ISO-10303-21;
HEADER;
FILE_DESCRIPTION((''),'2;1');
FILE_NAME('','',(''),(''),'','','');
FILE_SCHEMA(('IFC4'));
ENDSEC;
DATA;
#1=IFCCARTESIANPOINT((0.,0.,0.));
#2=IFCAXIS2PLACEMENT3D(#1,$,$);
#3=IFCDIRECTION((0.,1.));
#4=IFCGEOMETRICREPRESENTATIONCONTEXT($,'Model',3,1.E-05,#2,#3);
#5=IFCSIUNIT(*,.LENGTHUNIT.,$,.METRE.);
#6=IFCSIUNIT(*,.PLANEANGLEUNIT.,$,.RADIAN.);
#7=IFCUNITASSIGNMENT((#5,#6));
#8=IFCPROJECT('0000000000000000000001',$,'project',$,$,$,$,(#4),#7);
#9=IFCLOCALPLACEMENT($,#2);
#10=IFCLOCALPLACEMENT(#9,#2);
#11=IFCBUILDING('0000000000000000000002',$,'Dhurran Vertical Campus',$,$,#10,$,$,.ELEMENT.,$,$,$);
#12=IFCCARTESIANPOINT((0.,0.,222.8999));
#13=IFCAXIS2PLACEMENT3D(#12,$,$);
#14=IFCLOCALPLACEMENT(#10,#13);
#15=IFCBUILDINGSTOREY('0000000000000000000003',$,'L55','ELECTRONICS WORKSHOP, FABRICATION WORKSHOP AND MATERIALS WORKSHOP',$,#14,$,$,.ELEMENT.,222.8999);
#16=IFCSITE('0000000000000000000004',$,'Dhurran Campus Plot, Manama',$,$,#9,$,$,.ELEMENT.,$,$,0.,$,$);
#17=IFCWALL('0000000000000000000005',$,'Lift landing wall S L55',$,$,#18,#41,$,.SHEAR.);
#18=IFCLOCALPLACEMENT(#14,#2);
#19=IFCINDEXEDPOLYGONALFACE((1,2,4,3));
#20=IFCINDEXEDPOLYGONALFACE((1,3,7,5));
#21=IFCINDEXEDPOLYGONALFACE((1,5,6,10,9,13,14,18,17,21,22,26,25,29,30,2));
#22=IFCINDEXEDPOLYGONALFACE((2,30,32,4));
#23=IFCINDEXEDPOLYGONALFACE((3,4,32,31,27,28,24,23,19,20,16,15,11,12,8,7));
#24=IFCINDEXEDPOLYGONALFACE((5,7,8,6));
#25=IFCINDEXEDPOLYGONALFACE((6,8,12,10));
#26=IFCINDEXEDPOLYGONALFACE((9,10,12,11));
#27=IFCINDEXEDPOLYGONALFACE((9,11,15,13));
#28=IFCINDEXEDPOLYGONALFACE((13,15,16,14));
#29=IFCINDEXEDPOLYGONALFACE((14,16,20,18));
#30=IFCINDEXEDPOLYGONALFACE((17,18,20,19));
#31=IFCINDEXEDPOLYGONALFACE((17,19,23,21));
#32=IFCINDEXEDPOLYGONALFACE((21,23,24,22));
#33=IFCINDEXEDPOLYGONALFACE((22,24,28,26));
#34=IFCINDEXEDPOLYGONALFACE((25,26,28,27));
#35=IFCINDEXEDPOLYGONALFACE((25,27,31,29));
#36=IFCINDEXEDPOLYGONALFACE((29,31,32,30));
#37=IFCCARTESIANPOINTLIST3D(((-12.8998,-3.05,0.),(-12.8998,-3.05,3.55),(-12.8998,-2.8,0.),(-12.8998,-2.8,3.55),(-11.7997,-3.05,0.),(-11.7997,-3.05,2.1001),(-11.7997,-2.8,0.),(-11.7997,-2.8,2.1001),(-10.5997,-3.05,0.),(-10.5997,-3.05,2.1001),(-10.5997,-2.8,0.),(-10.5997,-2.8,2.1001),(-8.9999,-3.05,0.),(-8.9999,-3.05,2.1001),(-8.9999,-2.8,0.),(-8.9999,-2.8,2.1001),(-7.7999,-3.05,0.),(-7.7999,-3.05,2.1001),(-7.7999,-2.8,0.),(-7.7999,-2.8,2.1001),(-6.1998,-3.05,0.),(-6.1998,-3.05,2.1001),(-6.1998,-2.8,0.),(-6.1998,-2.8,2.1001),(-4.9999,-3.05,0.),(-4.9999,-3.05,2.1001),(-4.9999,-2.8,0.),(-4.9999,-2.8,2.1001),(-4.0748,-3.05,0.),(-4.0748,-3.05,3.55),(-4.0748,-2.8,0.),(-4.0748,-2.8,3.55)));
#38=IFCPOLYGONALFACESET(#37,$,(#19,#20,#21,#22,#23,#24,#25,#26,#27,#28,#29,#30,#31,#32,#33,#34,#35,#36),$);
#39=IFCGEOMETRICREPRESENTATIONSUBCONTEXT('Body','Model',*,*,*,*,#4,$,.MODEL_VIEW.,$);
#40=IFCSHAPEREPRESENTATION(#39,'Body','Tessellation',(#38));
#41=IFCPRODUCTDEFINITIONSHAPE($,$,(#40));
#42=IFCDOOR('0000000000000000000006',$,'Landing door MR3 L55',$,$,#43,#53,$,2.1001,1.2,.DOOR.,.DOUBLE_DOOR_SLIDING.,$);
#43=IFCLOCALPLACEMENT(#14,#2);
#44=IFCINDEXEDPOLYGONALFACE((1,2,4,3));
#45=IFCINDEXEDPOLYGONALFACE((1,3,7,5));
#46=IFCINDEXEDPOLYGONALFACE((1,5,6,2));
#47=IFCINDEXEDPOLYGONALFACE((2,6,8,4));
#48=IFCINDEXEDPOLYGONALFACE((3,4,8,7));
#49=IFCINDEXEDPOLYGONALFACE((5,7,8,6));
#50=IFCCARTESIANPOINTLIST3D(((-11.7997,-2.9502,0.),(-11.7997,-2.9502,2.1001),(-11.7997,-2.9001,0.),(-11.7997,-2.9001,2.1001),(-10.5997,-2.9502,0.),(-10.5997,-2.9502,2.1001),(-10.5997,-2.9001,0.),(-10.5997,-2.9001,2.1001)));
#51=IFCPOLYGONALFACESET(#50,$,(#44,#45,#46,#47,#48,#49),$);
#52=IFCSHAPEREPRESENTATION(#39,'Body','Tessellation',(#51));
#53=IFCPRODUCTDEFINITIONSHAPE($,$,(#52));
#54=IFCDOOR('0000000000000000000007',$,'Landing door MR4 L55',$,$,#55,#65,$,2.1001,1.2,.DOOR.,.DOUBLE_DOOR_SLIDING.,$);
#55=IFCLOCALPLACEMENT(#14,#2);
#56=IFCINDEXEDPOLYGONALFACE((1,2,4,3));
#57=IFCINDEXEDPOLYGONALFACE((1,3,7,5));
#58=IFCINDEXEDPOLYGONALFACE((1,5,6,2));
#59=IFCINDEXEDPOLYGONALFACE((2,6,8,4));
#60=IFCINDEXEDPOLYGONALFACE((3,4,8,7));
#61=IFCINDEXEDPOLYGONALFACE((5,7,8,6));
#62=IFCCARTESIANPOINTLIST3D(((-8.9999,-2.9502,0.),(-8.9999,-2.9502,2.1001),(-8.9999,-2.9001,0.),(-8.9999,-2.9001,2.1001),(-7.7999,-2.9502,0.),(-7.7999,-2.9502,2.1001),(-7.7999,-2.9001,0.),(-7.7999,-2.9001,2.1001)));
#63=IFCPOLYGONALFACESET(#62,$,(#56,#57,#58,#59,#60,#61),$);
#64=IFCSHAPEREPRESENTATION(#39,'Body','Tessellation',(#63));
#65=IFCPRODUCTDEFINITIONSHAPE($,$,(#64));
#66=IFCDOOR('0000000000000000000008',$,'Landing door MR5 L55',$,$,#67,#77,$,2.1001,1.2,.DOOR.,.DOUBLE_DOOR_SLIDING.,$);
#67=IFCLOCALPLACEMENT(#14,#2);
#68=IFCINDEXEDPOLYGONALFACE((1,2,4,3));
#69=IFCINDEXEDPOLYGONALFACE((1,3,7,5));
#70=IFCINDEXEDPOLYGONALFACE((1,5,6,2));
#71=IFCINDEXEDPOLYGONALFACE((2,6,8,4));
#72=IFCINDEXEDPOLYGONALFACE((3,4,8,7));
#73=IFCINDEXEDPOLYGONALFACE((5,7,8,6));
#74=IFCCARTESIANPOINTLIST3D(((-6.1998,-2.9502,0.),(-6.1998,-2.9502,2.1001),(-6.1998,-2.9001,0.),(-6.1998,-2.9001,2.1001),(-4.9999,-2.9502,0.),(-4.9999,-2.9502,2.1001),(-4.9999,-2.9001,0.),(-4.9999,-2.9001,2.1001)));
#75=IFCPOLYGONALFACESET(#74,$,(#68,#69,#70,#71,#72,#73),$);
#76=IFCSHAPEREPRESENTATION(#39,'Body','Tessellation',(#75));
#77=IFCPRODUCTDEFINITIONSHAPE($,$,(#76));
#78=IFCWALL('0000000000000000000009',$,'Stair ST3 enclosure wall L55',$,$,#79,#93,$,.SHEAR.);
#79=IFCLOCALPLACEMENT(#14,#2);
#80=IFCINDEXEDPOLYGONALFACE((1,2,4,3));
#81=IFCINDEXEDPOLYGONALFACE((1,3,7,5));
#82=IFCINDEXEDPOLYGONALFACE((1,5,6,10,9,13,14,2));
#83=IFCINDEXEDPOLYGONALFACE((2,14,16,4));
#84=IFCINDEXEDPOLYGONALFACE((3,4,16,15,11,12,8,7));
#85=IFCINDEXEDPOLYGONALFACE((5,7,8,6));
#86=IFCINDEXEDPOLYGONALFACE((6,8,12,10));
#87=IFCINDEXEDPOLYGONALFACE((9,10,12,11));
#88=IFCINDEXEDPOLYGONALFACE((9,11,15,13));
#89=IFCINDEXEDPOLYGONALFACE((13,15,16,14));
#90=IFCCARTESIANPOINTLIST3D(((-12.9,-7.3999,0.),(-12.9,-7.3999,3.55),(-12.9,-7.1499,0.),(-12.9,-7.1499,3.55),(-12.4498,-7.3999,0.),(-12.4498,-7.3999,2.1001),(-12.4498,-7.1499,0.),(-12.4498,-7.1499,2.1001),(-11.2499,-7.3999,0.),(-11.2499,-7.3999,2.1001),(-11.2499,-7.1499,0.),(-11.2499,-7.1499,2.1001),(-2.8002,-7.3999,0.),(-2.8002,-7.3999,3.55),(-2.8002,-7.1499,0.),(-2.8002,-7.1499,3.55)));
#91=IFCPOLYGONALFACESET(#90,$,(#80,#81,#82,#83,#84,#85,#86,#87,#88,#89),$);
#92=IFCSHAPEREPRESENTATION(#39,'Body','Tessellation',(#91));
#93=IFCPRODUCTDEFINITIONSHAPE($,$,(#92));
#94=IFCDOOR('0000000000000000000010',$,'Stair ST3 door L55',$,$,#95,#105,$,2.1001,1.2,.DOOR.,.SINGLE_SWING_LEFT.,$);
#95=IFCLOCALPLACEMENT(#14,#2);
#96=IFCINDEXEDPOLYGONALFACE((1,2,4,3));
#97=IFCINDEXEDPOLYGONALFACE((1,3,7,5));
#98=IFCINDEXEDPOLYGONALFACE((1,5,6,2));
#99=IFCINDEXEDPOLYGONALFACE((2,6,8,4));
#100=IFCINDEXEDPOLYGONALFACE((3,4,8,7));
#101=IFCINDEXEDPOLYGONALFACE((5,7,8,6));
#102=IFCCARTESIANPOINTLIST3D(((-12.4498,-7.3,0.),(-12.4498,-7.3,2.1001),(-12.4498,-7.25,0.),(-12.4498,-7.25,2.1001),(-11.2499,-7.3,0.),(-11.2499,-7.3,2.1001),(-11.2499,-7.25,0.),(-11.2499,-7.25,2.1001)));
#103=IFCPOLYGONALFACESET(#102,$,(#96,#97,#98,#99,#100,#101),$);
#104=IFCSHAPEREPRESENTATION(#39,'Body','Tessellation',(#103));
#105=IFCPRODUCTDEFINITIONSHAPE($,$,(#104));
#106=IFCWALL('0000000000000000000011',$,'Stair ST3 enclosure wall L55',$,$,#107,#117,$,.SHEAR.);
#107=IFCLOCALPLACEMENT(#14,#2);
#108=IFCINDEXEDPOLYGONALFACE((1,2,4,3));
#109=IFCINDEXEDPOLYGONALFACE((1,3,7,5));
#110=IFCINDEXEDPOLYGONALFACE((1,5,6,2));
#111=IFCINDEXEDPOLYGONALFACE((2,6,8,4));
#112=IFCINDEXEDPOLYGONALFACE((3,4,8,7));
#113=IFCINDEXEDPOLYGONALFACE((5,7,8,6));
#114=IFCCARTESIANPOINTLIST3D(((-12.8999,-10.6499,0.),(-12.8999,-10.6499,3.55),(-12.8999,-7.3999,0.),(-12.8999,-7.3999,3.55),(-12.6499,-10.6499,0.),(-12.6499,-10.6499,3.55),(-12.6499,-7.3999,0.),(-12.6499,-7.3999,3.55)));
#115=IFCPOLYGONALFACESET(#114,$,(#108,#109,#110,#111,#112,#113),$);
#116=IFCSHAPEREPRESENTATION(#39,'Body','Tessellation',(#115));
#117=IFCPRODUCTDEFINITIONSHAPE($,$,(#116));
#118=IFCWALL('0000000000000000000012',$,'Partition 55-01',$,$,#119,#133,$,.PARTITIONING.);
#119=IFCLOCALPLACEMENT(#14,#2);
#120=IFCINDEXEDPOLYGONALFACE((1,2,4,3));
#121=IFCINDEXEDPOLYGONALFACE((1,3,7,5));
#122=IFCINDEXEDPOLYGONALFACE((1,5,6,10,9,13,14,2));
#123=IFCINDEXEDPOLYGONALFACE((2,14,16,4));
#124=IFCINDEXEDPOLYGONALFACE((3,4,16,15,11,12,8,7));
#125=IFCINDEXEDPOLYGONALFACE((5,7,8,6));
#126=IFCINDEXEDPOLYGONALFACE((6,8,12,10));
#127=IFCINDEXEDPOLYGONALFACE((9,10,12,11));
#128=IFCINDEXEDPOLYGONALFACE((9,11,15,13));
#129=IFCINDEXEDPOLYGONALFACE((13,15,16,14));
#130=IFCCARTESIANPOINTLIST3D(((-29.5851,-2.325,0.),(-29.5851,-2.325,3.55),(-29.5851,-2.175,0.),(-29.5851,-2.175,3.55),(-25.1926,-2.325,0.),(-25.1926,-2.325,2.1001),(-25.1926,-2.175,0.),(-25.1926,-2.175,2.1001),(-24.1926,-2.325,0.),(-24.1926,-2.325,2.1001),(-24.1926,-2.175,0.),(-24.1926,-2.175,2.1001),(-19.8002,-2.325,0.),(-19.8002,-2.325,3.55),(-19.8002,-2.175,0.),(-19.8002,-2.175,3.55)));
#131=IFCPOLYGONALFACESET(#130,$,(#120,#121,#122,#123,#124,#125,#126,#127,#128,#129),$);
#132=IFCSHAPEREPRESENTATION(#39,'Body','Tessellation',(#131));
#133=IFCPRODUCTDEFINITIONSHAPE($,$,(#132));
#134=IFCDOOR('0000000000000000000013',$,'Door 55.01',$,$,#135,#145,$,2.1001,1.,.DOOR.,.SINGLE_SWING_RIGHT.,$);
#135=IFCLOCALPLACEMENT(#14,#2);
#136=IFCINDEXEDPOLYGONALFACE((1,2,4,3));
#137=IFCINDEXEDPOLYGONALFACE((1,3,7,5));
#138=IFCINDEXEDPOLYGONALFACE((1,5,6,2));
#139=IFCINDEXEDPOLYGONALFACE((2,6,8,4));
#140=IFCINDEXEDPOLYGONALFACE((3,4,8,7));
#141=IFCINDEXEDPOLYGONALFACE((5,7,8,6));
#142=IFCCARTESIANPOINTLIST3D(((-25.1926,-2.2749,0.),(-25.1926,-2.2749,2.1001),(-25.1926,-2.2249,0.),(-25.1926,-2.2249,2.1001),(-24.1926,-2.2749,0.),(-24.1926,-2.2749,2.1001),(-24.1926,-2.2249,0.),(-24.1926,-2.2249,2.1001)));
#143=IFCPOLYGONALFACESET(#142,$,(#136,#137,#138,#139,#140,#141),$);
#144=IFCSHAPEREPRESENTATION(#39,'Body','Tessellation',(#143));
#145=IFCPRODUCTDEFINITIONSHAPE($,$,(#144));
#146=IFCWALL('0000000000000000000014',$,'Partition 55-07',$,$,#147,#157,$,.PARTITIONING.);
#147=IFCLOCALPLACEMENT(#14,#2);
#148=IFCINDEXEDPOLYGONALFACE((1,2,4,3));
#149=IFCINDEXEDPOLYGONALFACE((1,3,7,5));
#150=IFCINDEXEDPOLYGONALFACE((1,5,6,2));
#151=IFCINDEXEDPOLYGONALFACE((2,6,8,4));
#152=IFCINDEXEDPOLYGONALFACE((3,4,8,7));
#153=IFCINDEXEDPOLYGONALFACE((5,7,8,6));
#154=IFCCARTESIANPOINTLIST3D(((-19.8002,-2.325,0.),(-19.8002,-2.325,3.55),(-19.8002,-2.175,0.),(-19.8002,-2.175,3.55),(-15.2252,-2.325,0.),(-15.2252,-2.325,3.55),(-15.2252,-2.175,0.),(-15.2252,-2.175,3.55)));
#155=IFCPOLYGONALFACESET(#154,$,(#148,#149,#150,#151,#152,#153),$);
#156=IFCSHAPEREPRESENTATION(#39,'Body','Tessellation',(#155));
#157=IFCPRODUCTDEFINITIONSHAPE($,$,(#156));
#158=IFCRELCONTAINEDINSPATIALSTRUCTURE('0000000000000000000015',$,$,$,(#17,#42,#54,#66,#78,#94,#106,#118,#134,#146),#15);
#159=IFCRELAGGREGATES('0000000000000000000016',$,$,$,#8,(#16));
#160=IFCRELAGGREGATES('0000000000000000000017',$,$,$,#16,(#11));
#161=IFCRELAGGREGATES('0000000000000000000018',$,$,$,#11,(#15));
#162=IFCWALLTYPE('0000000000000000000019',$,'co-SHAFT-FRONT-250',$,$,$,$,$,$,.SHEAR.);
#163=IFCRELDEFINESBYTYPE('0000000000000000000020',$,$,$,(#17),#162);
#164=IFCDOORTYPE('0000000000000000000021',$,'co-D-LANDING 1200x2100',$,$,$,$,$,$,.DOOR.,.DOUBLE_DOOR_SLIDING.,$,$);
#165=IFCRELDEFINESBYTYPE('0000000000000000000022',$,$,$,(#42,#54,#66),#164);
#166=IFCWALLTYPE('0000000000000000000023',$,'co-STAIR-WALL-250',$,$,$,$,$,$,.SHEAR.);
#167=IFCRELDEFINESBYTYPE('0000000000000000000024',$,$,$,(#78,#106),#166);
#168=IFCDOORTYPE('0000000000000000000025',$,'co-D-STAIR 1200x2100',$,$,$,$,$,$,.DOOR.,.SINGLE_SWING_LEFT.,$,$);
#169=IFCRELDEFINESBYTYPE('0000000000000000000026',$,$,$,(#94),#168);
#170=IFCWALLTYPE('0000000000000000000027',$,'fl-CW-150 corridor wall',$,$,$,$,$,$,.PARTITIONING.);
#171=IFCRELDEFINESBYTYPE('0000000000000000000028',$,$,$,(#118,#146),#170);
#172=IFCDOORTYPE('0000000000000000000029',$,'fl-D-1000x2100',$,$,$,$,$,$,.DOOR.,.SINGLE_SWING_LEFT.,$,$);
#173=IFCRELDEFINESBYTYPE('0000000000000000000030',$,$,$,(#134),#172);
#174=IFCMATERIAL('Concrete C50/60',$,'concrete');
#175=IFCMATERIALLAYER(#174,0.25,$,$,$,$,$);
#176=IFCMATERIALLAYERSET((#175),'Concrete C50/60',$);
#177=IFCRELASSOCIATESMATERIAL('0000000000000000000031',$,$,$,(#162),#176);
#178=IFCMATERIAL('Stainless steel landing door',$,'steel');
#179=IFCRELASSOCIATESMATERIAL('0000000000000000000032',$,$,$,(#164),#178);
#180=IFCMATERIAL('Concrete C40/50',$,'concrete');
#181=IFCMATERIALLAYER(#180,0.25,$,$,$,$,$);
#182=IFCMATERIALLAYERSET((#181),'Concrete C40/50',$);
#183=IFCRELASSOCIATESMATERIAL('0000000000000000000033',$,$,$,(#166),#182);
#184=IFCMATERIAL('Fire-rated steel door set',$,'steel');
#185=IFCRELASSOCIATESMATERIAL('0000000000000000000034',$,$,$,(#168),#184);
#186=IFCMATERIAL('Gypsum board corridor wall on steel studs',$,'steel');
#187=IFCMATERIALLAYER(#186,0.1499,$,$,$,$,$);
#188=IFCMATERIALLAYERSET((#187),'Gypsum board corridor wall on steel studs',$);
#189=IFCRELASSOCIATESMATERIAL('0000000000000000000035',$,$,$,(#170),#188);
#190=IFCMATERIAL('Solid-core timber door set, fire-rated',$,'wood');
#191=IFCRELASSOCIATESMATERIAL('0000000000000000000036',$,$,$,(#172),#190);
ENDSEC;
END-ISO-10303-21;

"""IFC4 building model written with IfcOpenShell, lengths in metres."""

from ifc_helpers import new_model, si_unit, direction, frame, frame_2d, origin, place, context, subcontext, project, spatial, rectangle, extrude, material, layer, layer_set, type_object, element, fill, save


model = new_model("IFC4")

# Units and contexts
model_context = context("Model", 3, precision=1e-05, world=origin(), true_north=direction((0.0, 1.0)))
body_context = subcontext(model_context, "Body", "Model", "MODEL_VIEW")
ifc_project = project(units=[si_unit("LENGTHUNIT", "METRE"), si_unit("PLANEANGLEUNIT", "RADIAN")], contexts=[model_context])

# Site, building, storey
site_placement = place(None, origin())
site = spatial("IfcSite", under=ifc_project, at=site_placement, Name="Dhurran Campus Plot, Manama", CompositionType="ELEMENT", RefElevation=0.0)
building_placement = place(site_placement, origin())
building = spatial("IfcBuilding", under=site, at=building_placement, Name="Dhurran Vertical Campus", CompositionType="ELEMENT")
storey_placement = place(building_placement, frame((0.0, 0.0, 222.8999)))
storey = spatial("IfcBuildingStorey", under=building, at=storey_placement, Name="L55", Description="ELECTRONICS WORKSHOP, FABRICATION WORKSHOP AND MATERIALS WORKSHOP", CompositionType="ELEMENT", Elevation=222.8999)

# Wall, openings, doors
ifc_material_1 = material(Name="Concrete C50/60", Category="concrete")
ifc_layer_1 = layer(ifc_material_1, 0.25)
ifc_layer_set_1 = layer_set([ifc_layer_1], Name="Concrete C50/60")
wall_type_1 = type_object("IfcWallType", Name="co-SHAFT-FRONT-250", PredefinedType="SHEAR", material=ifc_layer_set_1)
wall_1_placement = place(storey_placement, frame((-12.8999, -2.925, 0.0), z_axis=(0.0, 0.0, 1.0), x_axis=(1.0, 0.0, 0.0)))
wall_1 = element("IfcWall", 1, at=wall_1_placement, inside=storey, type_object=wall_type_1, Name="Lift landing wall S L55", PredefinedType="SHEAR", context=body_context, shape_type="SweptSolid", body=[
    extrude(rectangle(XDim=8.825, YDim=0.25, at=frame_2d((4.4126, 0.0))), origin(), (0.0, 0.0, 1.0), 3.55),
])
opening_1_placement = place(wall_1_placement, frame((1.1001, 0.0, 0.0)))
opening_1 = element("IfcOpeningElement", 2, at=opening_1_placement, cuts=wall_1, PredefinedType="OPENING", context=body_context, shape_type="SweptSolid", body=[
    extrude(rectangle(XDim=1.2, YDim=2.1001, at=frame_2d((0.6001, 1.05))), frame((0.0, 0.135, 0.0), z_axis=(0.0, -1.0, 0.0), x_axis=(1.0, 0.0, 0.0)), (0.0, 0.0, 1.0), 0.27),
])
opening_2_placement = place(wall_1_placement, frame((3.8999, 0.0, 0.0)))
opening_2 = element("IfcOpeningElement", 3, at=opening_2_placement, cuts=wall_1, PredefinedType="OPENING", context=body_context, shape_type="SweptSolid", body=[
    extrude(rectangle(XDim=1.2, YDim=2.1001, at=frame_2d((0.6001, 1.05))), frame((0.0, 0.135, 0.0), z_axis=(0.0, -1.0, 0.0), x_axis=(1.0, 0.0, 0.0)), (0.0, 0.0, 1.0), 0.27),
])
opening_3_placement = place(wall_1_placement, frame((6.7, 0.0, 0.0)))
opening_3 = element("IfcOpeningElement", 4, at=opening_3_placement, cuts=wall_1, PredefinedType="OPENING", context=body_context, shape_type="SweptSolid", body=[
    extrude(rectangle(XDim=1.2, YDim=2.1001, at=frame_2d((0.6001, 1.05))), frame((0.0, 0.135, 0.0), z_axis=(0.0, -1.0, 0.0), x_axis=(1.0, 0.0, 0.0)), (0.0, 0.0, 1.0), 0.27),
])
ifc_material_2 = material(Name="Stainless steel landing door", Category="steel")
door_type_1 = type_object("IfcDoorType", Name="co-D-LANDING 1200x2100", OperationType="DOUBLE_DOOR_SLIDING", PredefinedType="DOOR", material=ifc_material_2)
door_1_placement = place(opening_1_placement, origin())
door_1 = element("IfcDoor", 5, at=door_1_placement, inside=storey, type_object=door_type_1, Name="Landing door MR3 L55", OperationType="DOUBLE_DOOR_SLIDING", OverallHeight=2.1001, OverallWidth=1.2, PredefinedType="DOOR", context=body_context, shape_type="SweptSolid", body=[
    extrude(rectangle(XDim=1.2, YDim=2.1001, at=frame_2d((0.6001, 1.05))), frame((0.0, 0.0249, 0.0), z_axis=(0.0, -1.0, 0.0), x_axis=(1.0, 0.0, 0.0)), (0.0, 0.0, 1.0), 0.05),
])
fill(opening_1, door_1)
door_2_placement = place(opening_2_placement, origin())
door_2 = element("IfcDoor", 6, at=door_2_placement, inside=storey, type_object=door_type_1, Name="Landing door MR4 L55", OperationType="DOUBLE_DOOR_SLIDING", OverallHeight=2.1001, OverallWidth=1.2, PredefinedType="DOOR", context=body_context, shape_type="SweptSolid", body=[
    extrude(rectangle(XDim=1.2, YDim=2.1001, at=frame_2d((0.6001, 1.05))), frame((0.0, 0.0249, 0.0), z_axis=(0.0, -1.0, 0.0), x_axis=(1.0, 0.0, 0.0)), (0.0, 0.0, 1.0), 0.05),
])
fill(opening_2, door_2)
door_3_placement = place(opening_3_placement, origin())
door_3 = element("IfcDoor", 7, at=door_3_placement, inside=storey, type_object=door_type_1, Name="Landing door MR5 L55", OperationType="DOUBLE_DOOR_SLIDING", OverallHeight=2.1001, OverallWidth=1.2, PredefinedType="DOOR", context=body_context, shape_type="SweptSolid", body=[
    extrude(rectangle(XDim=1.2, YDim=2.1001, at=frame_2d((0.6001, 1.05))), frame((0.0, 0.0249, 0.0), z_axis=(0.0, -1.0, 0.0), x_axis=(1.0, 0.0, 0.0)), (0.0, 0.0, 1.0), 0.05),
])
fill(opening_3, door_3)

# Wall, opening, door
ifc_material_3 = material(Name="Concrete C40/50", Category="concrete")
ifc_layer_2 = layer(ifc_material_3, 0.25)
ifc_layer_set_2 = layer_set([ifc_layer_2], Name="Concrete C40/50")
wall_type_2 = type_object("IfcWallType", Name="co-STAIR-WALL-250", PredefinedType="SHEAR", material=ifc_layer_set_2)
wall_2_placement = place(storey_placement, frame((-12.8999, -7.2749, 0.0), z_axis=(0.0, 0.0, 1.0), x_axis=(1.0, 0.0, 0.0)))
wall_2 = element("IfcWall", 8, at=wall_2_placement, inside=storey, type_object=wall_type_2, Name="Stair ST3 enclosure wall L55", PredefinedType="SHEAR", context=body_context, shape_type="SweptSolid", body=[
    extrude(rectangle(XDim=10.0999, YDim=0.25, at=frame_2d((5.0498, 0.0))), origin(), (0.0, 0.0, 1.0), 3.55),
])
opening_4_placement = place(wall_2_placement, frame((0.45, 0.0, 0.0)))
opening_4 = element("IfcOpeningElement", 9, at=opening_4_placement, cuts=wall_2, PredefinedType="OPENING", context=body_context, shape_type="SweptSolid", body=[
    extrude(rectangle(XDim=1.2, YDim=2.1001, at=frame_2d((0.6001, 1.05))), frame((0.0, 0.135, 0.0), z_axis=(0.0, -1.0, 0.0), x_axis=(1.0, 0.0, 0.0)), (0.0, 0.0, 1.0), 0.27),
])
ifc_material_4 = material(Name="Fire-rated steel door set", Category="steel")
door_type_2 = type_object("IfcDoorType", Name="co-D-STAIR 1200x2100", OperationType="SINGLE_SWING_LEFT", PredefinedType="DOOR", material=ifc_material_4)
door_4_placement = place(opening_4_placement, origin())
door_4 = element("IfcDoor", 10, at=door_4_placement, inside=storey, type_object=door_type_2, Name="Stair ST3 door L55", OperationType="SINGLE_SWING_LEFT", OverallHeight=2.1001, OverallWidth=1.2, PredefinedType="DOOR", context=body_context, shape_type="SweptSolid", body=[
    extrude(rectangle(XDim=1.2, YDim=2.1001, at=frame_2d((0.6001, 1.05))), frame((0.0, 0.0249, 0.0), z_axis=(0.0, -1.0, 0.0), x_axis=(1.0, 0.0, 0.0)), (0.0, 0.0, 1.0), 0.05),
])
fill(opening_4, door_4)

# Wall
wall_3_placement = place(storey_placement, frame((-12.7749, -10.6499, 0.0), z_axis=(0.0, 0.0, 1.0), x_axis=(0.0, 1.0, 0.0)))
element("IfcWall", 11, at=wall_3_placement, inside=storey, type_object=wall_type_2, Name="Stair ST3 enclosure wall L55", PredefinedType="SHEAR", context=body_context, shape_type="SweptSolid", body=[
    extrude(rectangle(XDim=3.25, YDim=0.25, at=frame_2d((1.625, 0.0))), origin(), (0.0, 0.0, 1.0), 3.55),
])

# Wall, opening, door
ifc_material_5 = material(Name="Gypsum board corridor wall on steel studs", Category="steel")
ifc_layer_3 = layer(ifc_material_5, 0.1499)
ifc_layer_set_3 = layer_set([ifc_layer_3], Name="Gypsum board corridor wall on steel studs")
wall_type_3 = type_object("IfcWallType", Name="fl-CW-150 corridor wall", PredefinedType="PARTITIONING", material=ifc_layer_set_3)
wall_4_placement = place(storey_placement, frame((-19.8, -2.25, 0.0), z_axis=(0.0, 0.0, 1.0), x_axis=(-1.0, 0.0, 0.0)))
wall_4 = element("IfcWall", 12, at=wall_4_placement, inside=storey, type_object=wall_type_3, Name="Partition 55-01", PredefinedType="PARTITIONING", context=body_context, shape_type="SweptSolid", body=[
    extrude(rectangle(XDim=9.7849, YDim=0.1499, at=frame_2d((4.8926, 0.0))), origin(), (0.0, 0.0, 1.0), 3.55),
])
opening_5_placement = place(wall_4_placement, frame((4.3926, 0.0, 0.0)))
opening_5 = element("IfcOpeningElement", 13, at=opening_5_placement, cuts=wall_4, PredefinedType="OPENING", context=body_context, shape_type="SweptSolid", body=[
    extrude(rectangle(XDim=1.0, YDim=2.1001, at=frame_2d((0.5, 1.05))), frame((0.0, 0.085, 0.0), z_axis=(0.0, -1.0, 0.0), x_axis=(1.0, 0.0, 0.0)), (0.0, 0.0, 1.0), 0.1699),
])
ifc_material_6 = material(Name="Solid-core timber door set, fire-rated", Category="wood")
door_type_3 = type_object("IfcDoorType", Name="fl-D-1000x2100", OperationType="SINGLE_SWING_LEFT", PredefinedType="DOOR", material=ifc_material_6)
door_5_placement = place(opening_5_placement, origin())
door_5 = element("IfcDoor", 14, at=door_5_placement, inside=storey, type_object=door_type_3, Name="Door 55.01", OperationType="SINGLE_SWING_RIGHT", OverallHeight=2.1001, OverallWidth=1.0, PredefinedType="DOOR", context=body_context, shape_type="SweptSolid", body=[
    extrude(rectangle(XDim=1.0, YDim=2.1001, at=frame_2d((0.5, 1.05))), frame((0.0, 0.0249, 0.0), z_axis=(0.0, -1.0, 0.0), x_axis=(1.0, 0.0, 0.0)), (0.0, 0.0, 1.0), 0.05),
])
fill(opening_5, door_5)

# Wall
wall_5_placement = place(storey_placement, frame((-15.2251, -2.25, 0.0), z_axis=(0.0, 0.0, 1.0), x_axis=(-1.0, 0.0, 0.0)))
element("IfcWall", 15, at=wall_5_placement, inside=storey, type_object=wall_type_3, Name="Partition 55-07", PredefinedType="PARTITIONING", context=body_context, shape_type="SweptSolid", body=[
    extrude(rectangle(XDim=4.575, YDim=0.1499, at=frame_2d((2.2876, 0.0))), origin(), (0.0, 0.0, 1.0), 3.55),
])

save(model, "model.ifc")
